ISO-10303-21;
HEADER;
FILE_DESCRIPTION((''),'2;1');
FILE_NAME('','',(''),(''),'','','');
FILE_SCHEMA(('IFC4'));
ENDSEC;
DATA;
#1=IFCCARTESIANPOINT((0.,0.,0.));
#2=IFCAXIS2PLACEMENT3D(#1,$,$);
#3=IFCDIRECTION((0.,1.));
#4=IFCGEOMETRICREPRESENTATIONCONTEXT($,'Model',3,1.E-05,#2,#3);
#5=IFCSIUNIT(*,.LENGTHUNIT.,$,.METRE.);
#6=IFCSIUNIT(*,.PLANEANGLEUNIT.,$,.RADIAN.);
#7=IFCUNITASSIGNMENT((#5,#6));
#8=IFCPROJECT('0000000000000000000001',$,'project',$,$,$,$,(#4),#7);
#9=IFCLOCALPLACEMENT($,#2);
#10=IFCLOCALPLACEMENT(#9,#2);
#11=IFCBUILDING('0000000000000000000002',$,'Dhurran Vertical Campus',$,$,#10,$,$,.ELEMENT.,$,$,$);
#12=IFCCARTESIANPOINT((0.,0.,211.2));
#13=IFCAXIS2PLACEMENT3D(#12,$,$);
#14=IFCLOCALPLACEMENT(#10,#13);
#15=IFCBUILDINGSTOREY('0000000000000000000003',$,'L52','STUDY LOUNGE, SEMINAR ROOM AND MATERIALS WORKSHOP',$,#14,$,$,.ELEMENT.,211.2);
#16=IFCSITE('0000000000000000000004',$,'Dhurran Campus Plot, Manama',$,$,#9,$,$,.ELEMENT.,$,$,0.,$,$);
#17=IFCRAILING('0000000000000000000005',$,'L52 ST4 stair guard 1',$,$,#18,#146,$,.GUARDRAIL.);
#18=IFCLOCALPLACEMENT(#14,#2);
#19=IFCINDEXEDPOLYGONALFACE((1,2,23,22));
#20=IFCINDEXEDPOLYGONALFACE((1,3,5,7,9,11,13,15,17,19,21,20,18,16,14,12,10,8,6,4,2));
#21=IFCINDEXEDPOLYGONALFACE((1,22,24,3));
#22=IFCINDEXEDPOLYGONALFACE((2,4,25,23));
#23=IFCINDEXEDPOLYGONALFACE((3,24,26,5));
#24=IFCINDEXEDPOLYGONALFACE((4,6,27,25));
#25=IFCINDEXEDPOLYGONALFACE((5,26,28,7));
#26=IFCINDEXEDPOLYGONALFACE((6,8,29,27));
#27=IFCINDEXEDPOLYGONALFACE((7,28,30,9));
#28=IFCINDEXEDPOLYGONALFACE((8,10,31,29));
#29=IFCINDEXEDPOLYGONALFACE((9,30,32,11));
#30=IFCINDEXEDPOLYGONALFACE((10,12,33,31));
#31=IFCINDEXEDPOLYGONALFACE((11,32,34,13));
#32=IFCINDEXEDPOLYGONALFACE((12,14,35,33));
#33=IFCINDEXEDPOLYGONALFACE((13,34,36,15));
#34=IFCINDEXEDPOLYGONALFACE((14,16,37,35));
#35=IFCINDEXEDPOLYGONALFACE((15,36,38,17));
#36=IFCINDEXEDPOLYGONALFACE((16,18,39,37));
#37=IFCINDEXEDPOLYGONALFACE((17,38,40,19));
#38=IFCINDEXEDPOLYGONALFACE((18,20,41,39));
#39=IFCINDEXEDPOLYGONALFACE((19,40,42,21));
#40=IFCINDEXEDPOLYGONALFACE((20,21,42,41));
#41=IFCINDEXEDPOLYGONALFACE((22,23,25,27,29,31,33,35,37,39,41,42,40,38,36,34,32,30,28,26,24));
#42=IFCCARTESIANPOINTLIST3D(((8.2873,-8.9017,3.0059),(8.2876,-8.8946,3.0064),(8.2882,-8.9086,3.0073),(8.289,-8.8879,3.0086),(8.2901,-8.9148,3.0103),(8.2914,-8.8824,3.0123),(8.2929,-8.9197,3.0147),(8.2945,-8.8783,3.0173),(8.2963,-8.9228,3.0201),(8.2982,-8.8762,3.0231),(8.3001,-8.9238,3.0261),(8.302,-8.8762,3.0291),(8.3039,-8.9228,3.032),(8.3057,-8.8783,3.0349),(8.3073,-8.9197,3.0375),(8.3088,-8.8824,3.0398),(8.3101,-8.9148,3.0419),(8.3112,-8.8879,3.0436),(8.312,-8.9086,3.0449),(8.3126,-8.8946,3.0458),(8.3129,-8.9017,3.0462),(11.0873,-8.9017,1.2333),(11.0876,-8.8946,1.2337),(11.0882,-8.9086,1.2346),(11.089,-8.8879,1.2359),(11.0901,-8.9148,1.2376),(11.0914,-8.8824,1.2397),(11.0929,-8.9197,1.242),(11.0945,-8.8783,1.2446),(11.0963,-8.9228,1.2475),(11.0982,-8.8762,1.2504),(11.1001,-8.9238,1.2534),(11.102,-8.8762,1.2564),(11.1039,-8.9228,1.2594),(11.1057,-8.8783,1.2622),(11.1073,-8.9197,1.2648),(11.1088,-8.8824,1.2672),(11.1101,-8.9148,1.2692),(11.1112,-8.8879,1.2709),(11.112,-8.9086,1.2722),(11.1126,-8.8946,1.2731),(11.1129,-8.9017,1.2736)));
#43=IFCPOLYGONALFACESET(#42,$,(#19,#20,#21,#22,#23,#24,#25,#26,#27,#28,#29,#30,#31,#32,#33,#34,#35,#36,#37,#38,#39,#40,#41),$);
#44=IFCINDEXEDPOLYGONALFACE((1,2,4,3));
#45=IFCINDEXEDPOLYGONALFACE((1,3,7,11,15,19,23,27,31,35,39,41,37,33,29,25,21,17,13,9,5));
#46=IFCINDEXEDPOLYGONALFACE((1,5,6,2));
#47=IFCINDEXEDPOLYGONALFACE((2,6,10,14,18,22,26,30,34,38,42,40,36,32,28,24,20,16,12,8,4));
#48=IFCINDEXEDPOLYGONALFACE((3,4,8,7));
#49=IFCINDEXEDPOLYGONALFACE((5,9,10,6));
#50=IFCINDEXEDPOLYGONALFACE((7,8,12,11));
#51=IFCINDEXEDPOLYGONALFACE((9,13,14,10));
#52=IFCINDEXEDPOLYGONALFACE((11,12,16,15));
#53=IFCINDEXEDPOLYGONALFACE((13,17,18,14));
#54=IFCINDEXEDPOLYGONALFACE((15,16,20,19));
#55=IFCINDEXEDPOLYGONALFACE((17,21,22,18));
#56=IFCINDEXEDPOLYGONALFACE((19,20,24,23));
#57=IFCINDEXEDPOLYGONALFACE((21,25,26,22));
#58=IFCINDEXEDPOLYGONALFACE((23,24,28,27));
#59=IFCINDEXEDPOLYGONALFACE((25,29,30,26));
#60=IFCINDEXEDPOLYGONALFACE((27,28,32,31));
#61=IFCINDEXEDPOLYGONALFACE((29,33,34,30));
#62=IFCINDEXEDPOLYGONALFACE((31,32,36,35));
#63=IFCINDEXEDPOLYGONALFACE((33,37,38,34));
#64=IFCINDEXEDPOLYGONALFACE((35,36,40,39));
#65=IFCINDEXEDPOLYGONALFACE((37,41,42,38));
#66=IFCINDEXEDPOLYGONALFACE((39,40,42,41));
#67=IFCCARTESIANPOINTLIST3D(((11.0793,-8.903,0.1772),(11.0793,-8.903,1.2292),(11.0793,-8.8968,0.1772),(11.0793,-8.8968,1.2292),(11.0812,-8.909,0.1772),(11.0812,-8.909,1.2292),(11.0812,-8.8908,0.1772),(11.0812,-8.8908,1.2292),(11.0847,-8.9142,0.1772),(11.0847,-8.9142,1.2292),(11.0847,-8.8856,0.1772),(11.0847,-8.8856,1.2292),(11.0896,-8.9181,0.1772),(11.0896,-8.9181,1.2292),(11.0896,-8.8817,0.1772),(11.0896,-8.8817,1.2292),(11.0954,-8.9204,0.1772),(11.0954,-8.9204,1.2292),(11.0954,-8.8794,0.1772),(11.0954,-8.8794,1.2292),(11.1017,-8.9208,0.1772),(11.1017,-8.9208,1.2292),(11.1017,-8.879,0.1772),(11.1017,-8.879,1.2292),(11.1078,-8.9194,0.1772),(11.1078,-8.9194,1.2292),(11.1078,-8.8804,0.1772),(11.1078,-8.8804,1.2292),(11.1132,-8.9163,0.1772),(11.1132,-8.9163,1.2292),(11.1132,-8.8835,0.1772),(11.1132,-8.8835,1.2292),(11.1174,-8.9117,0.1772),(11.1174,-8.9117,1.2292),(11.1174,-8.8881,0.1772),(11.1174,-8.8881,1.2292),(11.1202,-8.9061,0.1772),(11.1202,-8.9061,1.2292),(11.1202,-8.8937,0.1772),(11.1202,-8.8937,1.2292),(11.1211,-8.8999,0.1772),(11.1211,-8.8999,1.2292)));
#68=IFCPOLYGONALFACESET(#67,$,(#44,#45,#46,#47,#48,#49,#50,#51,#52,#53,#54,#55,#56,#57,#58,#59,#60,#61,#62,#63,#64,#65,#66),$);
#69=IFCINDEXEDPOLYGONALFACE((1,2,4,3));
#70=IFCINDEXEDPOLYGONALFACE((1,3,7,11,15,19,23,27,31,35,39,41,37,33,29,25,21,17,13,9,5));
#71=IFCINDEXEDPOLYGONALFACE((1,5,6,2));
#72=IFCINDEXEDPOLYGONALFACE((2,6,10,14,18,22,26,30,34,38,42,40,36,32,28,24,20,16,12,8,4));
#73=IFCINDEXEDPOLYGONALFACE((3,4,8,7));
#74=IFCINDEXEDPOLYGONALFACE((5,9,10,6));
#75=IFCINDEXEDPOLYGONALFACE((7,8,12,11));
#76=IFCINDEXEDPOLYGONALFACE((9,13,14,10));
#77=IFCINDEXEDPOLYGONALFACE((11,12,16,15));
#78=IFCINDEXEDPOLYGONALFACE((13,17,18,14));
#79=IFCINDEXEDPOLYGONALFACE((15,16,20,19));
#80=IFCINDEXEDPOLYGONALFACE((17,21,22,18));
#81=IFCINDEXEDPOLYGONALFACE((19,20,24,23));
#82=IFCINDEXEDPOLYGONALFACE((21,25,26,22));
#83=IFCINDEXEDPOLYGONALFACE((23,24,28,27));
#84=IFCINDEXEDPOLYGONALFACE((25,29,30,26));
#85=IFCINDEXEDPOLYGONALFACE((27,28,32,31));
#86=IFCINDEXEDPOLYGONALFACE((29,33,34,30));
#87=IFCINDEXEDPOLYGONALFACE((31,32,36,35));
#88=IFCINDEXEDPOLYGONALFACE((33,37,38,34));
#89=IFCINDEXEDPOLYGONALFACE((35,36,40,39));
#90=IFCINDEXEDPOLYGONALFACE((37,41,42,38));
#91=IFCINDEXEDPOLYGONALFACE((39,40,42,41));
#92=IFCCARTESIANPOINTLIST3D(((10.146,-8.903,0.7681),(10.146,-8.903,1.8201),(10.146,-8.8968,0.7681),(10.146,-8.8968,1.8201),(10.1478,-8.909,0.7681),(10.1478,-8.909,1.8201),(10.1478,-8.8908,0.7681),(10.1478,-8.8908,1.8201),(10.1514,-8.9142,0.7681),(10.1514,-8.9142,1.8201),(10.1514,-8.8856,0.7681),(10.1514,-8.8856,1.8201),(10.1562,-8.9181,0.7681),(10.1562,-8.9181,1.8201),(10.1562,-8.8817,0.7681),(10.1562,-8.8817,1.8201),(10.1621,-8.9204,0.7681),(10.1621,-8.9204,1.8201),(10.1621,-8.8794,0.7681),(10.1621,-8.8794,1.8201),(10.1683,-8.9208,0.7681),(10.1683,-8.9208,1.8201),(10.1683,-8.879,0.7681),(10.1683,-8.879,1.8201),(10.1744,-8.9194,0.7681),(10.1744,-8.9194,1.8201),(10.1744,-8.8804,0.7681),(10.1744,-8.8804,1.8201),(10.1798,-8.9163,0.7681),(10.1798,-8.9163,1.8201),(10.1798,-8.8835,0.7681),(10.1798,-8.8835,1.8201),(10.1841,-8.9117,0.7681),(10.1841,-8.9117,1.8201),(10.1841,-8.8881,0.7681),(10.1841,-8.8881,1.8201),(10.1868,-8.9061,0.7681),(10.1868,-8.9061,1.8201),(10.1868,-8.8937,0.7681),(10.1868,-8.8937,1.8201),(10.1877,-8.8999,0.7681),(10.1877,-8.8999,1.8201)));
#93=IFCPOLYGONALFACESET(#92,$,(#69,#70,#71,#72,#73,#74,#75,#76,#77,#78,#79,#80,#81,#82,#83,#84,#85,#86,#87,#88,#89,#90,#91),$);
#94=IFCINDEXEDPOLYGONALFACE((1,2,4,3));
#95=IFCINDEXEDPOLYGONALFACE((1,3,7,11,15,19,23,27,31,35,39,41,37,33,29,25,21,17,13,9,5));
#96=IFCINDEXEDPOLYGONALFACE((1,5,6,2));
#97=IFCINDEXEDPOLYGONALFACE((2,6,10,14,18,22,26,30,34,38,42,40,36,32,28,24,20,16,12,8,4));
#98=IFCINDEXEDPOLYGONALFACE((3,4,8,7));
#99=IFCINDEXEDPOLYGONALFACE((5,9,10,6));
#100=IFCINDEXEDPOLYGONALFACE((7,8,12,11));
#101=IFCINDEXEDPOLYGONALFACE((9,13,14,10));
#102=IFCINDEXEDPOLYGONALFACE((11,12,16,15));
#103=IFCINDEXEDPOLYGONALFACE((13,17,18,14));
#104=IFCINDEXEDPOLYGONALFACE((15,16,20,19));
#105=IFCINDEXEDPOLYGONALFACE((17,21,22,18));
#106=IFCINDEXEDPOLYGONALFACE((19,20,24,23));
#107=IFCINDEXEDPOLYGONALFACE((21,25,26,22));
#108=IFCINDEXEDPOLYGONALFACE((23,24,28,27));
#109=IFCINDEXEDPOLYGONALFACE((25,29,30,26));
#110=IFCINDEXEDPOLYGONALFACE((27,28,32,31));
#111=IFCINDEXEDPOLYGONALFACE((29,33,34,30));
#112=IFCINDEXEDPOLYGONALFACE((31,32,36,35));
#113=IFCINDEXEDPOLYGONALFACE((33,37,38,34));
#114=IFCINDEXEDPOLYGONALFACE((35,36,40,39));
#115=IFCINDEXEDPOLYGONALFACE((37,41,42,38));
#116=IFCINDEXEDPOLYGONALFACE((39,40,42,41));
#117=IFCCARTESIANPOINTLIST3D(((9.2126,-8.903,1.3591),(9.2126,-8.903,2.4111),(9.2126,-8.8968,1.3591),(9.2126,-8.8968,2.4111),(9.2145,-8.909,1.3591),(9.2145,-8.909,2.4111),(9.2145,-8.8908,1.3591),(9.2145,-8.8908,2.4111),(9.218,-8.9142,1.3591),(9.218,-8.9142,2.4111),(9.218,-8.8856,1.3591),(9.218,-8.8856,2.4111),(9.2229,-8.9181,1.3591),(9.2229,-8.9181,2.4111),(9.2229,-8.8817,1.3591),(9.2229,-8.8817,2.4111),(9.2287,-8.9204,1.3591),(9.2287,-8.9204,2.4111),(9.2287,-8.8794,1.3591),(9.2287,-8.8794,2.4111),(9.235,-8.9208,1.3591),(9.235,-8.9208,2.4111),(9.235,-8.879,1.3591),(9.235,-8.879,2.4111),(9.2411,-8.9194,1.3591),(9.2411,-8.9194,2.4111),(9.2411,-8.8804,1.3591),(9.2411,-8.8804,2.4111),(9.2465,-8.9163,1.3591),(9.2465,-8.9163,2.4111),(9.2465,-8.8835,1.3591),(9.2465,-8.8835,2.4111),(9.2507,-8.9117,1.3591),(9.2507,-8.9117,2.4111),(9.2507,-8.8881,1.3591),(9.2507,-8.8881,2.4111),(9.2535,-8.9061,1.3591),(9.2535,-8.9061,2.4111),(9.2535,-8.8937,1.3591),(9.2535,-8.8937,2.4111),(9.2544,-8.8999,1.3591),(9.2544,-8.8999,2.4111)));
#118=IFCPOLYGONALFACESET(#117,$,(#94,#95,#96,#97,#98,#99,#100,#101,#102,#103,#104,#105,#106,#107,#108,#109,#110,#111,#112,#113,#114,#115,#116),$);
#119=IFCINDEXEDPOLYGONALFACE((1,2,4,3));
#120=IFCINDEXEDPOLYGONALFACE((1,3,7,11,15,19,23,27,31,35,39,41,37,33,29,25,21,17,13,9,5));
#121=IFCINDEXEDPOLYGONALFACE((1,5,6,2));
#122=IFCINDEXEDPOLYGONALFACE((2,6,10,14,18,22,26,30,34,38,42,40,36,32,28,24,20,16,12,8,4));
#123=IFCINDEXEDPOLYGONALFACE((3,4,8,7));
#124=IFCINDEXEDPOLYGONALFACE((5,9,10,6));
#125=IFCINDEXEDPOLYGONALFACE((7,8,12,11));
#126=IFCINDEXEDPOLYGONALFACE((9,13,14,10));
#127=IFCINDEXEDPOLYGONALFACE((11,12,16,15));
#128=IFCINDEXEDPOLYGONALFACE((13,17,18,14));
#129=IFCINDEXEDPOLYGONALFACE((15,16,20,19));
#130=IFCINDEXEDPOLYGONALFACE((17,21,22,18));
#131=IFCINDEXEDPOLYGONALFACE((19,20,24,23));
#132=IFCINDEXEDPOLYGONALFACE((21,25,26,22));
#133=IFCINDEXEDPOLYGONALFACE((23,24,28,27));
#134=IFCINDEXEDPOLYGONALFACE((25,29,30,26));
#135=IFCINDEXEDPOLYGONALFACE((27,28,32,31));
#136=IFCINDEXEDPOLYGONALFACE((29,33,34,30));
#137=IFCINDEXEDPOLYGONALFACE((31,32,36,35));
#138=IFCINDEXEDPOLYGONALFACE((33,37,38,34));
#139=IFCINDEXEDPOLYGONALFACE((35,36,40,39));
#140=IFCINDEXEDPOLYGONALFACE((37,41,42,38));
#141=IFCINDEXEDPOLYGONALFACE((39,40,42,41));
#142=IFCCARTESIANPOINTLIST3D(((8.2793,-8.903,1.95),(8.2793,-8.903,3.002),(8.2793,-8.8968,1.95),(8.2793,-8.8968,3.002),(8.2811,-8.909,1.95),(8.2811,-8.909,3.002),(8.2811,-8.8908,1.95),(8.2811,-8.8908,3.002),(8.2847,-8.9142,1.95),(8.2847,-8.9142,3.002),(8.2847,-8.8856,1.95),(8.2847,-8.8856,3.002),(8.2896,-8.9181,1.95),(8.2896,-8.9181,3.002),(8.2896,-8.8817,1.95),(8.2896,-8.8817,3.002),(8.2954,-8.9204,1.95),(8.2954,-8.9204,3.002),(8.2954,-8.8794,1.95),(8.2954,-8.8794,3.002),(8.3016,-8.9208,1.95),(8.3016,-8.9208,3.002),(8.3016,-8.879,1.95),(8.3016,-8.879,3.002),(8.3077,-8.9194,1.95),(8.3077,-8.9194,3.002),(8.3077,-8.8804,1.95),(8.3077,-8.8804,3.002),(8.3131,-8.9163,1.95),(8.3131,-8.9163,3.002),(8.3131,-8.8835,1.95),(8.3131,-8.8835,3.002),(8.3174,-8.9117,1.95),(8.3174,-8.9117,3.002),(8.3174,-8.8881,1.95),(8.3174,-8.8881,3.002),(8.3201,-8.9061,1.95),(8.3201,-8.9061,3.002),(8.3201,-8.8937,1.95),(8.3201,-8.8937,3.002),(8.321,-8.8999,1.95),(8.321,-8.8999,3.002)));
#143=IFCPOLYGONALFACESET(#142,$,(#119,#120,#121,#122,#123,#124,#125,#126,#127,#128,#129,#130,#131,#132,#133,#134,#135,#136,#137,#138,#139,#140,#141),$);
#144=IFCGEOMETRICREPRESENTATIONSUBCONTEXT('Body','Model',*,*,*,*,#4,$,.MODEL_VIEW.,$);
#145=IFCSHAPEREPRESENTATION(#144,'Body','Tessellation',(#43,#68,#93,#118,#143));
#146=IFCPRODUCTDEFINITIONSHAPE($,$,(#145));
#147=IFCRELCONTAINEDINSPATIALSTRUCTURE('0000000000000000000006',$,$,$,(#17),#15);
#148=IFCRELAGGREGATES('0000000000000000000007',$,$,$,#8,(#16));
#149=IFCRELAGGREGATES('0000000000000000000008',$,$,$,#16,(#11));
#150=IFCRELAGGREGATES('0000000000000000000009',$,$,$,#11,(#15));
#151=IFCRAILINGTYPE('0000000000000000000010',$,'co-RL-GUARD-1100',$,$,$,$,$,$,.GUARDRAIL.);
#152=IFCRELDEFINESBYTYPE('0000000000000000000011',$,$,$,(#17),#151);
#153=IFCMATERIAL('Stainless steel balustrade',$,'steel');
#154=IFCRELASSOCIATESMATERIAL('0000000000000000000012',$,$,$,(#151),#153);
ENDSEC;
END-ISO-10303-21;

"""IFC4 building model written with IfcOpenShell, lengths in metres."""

from ifc_helpers import new_model, si_unit, direction, frame, origin, origin_2d, place, context, subcontext, project, spatial, circle, extrude, material, type_object, element, save


model = new_model("IFC4")

# Units and contexts
model_context = context("Model", 3, precision=1e-05, world=origin(), true_north=direction((0.0, 1.0)))
body_context = subcontext(model_context, "Body", "Model", "MODEL_VIEW")
ifc_project = project(units=[si_unit("LENGTHUNIT", "METRE"), si_unit("PLANEANGLEUNIT", "RADIAN")], contexts=[model_context])

# Site, building, storey
site_placement = place(None, origin())
site = spatial("IfcSite", under=ifc_project, at=site_placement, Name="Dhurran Campus Plot, Manama", CompositionType="ELEMENT", RefElevation=0.0)
building_placement = place(site_placement, origin())
building = spatial("IfcBuilding", under=site, at=building_placement, Name="Dhurran Vertical Campus", CompositionType="ELEMENT")
storey_placement = place(building_placement, frame((0.0, 0.0, 211.2)))
storey = spatial("IfcBuildingStorey", under=building, at=storey_placement, Name="L52", Description="STUDY LOUNGE, SEMINAR ROOM AND MATERIALS WORKSHOP", CompositionType="ELEMENT", Elevation=211.2)

# Railing
ifc_material_1 = material(Name="Stainless steel balustrade", Category="steel")
railing_type_1 = type_object("IfcRailingType", Name="co-RL-GUARD-1100", PredefinedType="GUARDRAIL", material=ifc_material_1)
railing_1_placement = place(storey_placement, frame((11.1001, -8.8999, 0.1772)))
element("IfcRailing", 1, at=railing_1_placement, inside=storey, type_object=railing_type_1, Name="L52 ST4 stair guard 1", PredefinedType="GUARDRAIL", context=body_context, shape_type="SweptSolid", body=[
    extrude(circle(Radius=0.0239, at=origin_2d()), frame((0.0, 0.0, 1.0762), z_axis=(-0.844909, 0.0, 0.53491), x_axis=(0.0, -1.0, 0.0)), (0.0, 0.0, 1.0), 3.314),
    extrude(circle(Radius=0.021, at=origin_2d()), origin(), (0.0, 0.0, 1.0), 1.052),
    extrude(circle(Radius=0.021, at=origin_2d()), frame((-0.9333, 0.0, 0.5908)), (0.0, 0.0, 1.0), 1.052),
    extrude(circle(Radius=0.021, at=origin_2d()), frame((-1.8667, 0.0, 1.1819)), (0.0, 0.0, 1.0), 1.052),
    extrude(circle(Radius=0.021, at=origin_2d()), frame((-2.8, 0.0, 1.7727)), (0.0, 0.0, 1.0), 1.052),
])

save(model, "model.ifc")
